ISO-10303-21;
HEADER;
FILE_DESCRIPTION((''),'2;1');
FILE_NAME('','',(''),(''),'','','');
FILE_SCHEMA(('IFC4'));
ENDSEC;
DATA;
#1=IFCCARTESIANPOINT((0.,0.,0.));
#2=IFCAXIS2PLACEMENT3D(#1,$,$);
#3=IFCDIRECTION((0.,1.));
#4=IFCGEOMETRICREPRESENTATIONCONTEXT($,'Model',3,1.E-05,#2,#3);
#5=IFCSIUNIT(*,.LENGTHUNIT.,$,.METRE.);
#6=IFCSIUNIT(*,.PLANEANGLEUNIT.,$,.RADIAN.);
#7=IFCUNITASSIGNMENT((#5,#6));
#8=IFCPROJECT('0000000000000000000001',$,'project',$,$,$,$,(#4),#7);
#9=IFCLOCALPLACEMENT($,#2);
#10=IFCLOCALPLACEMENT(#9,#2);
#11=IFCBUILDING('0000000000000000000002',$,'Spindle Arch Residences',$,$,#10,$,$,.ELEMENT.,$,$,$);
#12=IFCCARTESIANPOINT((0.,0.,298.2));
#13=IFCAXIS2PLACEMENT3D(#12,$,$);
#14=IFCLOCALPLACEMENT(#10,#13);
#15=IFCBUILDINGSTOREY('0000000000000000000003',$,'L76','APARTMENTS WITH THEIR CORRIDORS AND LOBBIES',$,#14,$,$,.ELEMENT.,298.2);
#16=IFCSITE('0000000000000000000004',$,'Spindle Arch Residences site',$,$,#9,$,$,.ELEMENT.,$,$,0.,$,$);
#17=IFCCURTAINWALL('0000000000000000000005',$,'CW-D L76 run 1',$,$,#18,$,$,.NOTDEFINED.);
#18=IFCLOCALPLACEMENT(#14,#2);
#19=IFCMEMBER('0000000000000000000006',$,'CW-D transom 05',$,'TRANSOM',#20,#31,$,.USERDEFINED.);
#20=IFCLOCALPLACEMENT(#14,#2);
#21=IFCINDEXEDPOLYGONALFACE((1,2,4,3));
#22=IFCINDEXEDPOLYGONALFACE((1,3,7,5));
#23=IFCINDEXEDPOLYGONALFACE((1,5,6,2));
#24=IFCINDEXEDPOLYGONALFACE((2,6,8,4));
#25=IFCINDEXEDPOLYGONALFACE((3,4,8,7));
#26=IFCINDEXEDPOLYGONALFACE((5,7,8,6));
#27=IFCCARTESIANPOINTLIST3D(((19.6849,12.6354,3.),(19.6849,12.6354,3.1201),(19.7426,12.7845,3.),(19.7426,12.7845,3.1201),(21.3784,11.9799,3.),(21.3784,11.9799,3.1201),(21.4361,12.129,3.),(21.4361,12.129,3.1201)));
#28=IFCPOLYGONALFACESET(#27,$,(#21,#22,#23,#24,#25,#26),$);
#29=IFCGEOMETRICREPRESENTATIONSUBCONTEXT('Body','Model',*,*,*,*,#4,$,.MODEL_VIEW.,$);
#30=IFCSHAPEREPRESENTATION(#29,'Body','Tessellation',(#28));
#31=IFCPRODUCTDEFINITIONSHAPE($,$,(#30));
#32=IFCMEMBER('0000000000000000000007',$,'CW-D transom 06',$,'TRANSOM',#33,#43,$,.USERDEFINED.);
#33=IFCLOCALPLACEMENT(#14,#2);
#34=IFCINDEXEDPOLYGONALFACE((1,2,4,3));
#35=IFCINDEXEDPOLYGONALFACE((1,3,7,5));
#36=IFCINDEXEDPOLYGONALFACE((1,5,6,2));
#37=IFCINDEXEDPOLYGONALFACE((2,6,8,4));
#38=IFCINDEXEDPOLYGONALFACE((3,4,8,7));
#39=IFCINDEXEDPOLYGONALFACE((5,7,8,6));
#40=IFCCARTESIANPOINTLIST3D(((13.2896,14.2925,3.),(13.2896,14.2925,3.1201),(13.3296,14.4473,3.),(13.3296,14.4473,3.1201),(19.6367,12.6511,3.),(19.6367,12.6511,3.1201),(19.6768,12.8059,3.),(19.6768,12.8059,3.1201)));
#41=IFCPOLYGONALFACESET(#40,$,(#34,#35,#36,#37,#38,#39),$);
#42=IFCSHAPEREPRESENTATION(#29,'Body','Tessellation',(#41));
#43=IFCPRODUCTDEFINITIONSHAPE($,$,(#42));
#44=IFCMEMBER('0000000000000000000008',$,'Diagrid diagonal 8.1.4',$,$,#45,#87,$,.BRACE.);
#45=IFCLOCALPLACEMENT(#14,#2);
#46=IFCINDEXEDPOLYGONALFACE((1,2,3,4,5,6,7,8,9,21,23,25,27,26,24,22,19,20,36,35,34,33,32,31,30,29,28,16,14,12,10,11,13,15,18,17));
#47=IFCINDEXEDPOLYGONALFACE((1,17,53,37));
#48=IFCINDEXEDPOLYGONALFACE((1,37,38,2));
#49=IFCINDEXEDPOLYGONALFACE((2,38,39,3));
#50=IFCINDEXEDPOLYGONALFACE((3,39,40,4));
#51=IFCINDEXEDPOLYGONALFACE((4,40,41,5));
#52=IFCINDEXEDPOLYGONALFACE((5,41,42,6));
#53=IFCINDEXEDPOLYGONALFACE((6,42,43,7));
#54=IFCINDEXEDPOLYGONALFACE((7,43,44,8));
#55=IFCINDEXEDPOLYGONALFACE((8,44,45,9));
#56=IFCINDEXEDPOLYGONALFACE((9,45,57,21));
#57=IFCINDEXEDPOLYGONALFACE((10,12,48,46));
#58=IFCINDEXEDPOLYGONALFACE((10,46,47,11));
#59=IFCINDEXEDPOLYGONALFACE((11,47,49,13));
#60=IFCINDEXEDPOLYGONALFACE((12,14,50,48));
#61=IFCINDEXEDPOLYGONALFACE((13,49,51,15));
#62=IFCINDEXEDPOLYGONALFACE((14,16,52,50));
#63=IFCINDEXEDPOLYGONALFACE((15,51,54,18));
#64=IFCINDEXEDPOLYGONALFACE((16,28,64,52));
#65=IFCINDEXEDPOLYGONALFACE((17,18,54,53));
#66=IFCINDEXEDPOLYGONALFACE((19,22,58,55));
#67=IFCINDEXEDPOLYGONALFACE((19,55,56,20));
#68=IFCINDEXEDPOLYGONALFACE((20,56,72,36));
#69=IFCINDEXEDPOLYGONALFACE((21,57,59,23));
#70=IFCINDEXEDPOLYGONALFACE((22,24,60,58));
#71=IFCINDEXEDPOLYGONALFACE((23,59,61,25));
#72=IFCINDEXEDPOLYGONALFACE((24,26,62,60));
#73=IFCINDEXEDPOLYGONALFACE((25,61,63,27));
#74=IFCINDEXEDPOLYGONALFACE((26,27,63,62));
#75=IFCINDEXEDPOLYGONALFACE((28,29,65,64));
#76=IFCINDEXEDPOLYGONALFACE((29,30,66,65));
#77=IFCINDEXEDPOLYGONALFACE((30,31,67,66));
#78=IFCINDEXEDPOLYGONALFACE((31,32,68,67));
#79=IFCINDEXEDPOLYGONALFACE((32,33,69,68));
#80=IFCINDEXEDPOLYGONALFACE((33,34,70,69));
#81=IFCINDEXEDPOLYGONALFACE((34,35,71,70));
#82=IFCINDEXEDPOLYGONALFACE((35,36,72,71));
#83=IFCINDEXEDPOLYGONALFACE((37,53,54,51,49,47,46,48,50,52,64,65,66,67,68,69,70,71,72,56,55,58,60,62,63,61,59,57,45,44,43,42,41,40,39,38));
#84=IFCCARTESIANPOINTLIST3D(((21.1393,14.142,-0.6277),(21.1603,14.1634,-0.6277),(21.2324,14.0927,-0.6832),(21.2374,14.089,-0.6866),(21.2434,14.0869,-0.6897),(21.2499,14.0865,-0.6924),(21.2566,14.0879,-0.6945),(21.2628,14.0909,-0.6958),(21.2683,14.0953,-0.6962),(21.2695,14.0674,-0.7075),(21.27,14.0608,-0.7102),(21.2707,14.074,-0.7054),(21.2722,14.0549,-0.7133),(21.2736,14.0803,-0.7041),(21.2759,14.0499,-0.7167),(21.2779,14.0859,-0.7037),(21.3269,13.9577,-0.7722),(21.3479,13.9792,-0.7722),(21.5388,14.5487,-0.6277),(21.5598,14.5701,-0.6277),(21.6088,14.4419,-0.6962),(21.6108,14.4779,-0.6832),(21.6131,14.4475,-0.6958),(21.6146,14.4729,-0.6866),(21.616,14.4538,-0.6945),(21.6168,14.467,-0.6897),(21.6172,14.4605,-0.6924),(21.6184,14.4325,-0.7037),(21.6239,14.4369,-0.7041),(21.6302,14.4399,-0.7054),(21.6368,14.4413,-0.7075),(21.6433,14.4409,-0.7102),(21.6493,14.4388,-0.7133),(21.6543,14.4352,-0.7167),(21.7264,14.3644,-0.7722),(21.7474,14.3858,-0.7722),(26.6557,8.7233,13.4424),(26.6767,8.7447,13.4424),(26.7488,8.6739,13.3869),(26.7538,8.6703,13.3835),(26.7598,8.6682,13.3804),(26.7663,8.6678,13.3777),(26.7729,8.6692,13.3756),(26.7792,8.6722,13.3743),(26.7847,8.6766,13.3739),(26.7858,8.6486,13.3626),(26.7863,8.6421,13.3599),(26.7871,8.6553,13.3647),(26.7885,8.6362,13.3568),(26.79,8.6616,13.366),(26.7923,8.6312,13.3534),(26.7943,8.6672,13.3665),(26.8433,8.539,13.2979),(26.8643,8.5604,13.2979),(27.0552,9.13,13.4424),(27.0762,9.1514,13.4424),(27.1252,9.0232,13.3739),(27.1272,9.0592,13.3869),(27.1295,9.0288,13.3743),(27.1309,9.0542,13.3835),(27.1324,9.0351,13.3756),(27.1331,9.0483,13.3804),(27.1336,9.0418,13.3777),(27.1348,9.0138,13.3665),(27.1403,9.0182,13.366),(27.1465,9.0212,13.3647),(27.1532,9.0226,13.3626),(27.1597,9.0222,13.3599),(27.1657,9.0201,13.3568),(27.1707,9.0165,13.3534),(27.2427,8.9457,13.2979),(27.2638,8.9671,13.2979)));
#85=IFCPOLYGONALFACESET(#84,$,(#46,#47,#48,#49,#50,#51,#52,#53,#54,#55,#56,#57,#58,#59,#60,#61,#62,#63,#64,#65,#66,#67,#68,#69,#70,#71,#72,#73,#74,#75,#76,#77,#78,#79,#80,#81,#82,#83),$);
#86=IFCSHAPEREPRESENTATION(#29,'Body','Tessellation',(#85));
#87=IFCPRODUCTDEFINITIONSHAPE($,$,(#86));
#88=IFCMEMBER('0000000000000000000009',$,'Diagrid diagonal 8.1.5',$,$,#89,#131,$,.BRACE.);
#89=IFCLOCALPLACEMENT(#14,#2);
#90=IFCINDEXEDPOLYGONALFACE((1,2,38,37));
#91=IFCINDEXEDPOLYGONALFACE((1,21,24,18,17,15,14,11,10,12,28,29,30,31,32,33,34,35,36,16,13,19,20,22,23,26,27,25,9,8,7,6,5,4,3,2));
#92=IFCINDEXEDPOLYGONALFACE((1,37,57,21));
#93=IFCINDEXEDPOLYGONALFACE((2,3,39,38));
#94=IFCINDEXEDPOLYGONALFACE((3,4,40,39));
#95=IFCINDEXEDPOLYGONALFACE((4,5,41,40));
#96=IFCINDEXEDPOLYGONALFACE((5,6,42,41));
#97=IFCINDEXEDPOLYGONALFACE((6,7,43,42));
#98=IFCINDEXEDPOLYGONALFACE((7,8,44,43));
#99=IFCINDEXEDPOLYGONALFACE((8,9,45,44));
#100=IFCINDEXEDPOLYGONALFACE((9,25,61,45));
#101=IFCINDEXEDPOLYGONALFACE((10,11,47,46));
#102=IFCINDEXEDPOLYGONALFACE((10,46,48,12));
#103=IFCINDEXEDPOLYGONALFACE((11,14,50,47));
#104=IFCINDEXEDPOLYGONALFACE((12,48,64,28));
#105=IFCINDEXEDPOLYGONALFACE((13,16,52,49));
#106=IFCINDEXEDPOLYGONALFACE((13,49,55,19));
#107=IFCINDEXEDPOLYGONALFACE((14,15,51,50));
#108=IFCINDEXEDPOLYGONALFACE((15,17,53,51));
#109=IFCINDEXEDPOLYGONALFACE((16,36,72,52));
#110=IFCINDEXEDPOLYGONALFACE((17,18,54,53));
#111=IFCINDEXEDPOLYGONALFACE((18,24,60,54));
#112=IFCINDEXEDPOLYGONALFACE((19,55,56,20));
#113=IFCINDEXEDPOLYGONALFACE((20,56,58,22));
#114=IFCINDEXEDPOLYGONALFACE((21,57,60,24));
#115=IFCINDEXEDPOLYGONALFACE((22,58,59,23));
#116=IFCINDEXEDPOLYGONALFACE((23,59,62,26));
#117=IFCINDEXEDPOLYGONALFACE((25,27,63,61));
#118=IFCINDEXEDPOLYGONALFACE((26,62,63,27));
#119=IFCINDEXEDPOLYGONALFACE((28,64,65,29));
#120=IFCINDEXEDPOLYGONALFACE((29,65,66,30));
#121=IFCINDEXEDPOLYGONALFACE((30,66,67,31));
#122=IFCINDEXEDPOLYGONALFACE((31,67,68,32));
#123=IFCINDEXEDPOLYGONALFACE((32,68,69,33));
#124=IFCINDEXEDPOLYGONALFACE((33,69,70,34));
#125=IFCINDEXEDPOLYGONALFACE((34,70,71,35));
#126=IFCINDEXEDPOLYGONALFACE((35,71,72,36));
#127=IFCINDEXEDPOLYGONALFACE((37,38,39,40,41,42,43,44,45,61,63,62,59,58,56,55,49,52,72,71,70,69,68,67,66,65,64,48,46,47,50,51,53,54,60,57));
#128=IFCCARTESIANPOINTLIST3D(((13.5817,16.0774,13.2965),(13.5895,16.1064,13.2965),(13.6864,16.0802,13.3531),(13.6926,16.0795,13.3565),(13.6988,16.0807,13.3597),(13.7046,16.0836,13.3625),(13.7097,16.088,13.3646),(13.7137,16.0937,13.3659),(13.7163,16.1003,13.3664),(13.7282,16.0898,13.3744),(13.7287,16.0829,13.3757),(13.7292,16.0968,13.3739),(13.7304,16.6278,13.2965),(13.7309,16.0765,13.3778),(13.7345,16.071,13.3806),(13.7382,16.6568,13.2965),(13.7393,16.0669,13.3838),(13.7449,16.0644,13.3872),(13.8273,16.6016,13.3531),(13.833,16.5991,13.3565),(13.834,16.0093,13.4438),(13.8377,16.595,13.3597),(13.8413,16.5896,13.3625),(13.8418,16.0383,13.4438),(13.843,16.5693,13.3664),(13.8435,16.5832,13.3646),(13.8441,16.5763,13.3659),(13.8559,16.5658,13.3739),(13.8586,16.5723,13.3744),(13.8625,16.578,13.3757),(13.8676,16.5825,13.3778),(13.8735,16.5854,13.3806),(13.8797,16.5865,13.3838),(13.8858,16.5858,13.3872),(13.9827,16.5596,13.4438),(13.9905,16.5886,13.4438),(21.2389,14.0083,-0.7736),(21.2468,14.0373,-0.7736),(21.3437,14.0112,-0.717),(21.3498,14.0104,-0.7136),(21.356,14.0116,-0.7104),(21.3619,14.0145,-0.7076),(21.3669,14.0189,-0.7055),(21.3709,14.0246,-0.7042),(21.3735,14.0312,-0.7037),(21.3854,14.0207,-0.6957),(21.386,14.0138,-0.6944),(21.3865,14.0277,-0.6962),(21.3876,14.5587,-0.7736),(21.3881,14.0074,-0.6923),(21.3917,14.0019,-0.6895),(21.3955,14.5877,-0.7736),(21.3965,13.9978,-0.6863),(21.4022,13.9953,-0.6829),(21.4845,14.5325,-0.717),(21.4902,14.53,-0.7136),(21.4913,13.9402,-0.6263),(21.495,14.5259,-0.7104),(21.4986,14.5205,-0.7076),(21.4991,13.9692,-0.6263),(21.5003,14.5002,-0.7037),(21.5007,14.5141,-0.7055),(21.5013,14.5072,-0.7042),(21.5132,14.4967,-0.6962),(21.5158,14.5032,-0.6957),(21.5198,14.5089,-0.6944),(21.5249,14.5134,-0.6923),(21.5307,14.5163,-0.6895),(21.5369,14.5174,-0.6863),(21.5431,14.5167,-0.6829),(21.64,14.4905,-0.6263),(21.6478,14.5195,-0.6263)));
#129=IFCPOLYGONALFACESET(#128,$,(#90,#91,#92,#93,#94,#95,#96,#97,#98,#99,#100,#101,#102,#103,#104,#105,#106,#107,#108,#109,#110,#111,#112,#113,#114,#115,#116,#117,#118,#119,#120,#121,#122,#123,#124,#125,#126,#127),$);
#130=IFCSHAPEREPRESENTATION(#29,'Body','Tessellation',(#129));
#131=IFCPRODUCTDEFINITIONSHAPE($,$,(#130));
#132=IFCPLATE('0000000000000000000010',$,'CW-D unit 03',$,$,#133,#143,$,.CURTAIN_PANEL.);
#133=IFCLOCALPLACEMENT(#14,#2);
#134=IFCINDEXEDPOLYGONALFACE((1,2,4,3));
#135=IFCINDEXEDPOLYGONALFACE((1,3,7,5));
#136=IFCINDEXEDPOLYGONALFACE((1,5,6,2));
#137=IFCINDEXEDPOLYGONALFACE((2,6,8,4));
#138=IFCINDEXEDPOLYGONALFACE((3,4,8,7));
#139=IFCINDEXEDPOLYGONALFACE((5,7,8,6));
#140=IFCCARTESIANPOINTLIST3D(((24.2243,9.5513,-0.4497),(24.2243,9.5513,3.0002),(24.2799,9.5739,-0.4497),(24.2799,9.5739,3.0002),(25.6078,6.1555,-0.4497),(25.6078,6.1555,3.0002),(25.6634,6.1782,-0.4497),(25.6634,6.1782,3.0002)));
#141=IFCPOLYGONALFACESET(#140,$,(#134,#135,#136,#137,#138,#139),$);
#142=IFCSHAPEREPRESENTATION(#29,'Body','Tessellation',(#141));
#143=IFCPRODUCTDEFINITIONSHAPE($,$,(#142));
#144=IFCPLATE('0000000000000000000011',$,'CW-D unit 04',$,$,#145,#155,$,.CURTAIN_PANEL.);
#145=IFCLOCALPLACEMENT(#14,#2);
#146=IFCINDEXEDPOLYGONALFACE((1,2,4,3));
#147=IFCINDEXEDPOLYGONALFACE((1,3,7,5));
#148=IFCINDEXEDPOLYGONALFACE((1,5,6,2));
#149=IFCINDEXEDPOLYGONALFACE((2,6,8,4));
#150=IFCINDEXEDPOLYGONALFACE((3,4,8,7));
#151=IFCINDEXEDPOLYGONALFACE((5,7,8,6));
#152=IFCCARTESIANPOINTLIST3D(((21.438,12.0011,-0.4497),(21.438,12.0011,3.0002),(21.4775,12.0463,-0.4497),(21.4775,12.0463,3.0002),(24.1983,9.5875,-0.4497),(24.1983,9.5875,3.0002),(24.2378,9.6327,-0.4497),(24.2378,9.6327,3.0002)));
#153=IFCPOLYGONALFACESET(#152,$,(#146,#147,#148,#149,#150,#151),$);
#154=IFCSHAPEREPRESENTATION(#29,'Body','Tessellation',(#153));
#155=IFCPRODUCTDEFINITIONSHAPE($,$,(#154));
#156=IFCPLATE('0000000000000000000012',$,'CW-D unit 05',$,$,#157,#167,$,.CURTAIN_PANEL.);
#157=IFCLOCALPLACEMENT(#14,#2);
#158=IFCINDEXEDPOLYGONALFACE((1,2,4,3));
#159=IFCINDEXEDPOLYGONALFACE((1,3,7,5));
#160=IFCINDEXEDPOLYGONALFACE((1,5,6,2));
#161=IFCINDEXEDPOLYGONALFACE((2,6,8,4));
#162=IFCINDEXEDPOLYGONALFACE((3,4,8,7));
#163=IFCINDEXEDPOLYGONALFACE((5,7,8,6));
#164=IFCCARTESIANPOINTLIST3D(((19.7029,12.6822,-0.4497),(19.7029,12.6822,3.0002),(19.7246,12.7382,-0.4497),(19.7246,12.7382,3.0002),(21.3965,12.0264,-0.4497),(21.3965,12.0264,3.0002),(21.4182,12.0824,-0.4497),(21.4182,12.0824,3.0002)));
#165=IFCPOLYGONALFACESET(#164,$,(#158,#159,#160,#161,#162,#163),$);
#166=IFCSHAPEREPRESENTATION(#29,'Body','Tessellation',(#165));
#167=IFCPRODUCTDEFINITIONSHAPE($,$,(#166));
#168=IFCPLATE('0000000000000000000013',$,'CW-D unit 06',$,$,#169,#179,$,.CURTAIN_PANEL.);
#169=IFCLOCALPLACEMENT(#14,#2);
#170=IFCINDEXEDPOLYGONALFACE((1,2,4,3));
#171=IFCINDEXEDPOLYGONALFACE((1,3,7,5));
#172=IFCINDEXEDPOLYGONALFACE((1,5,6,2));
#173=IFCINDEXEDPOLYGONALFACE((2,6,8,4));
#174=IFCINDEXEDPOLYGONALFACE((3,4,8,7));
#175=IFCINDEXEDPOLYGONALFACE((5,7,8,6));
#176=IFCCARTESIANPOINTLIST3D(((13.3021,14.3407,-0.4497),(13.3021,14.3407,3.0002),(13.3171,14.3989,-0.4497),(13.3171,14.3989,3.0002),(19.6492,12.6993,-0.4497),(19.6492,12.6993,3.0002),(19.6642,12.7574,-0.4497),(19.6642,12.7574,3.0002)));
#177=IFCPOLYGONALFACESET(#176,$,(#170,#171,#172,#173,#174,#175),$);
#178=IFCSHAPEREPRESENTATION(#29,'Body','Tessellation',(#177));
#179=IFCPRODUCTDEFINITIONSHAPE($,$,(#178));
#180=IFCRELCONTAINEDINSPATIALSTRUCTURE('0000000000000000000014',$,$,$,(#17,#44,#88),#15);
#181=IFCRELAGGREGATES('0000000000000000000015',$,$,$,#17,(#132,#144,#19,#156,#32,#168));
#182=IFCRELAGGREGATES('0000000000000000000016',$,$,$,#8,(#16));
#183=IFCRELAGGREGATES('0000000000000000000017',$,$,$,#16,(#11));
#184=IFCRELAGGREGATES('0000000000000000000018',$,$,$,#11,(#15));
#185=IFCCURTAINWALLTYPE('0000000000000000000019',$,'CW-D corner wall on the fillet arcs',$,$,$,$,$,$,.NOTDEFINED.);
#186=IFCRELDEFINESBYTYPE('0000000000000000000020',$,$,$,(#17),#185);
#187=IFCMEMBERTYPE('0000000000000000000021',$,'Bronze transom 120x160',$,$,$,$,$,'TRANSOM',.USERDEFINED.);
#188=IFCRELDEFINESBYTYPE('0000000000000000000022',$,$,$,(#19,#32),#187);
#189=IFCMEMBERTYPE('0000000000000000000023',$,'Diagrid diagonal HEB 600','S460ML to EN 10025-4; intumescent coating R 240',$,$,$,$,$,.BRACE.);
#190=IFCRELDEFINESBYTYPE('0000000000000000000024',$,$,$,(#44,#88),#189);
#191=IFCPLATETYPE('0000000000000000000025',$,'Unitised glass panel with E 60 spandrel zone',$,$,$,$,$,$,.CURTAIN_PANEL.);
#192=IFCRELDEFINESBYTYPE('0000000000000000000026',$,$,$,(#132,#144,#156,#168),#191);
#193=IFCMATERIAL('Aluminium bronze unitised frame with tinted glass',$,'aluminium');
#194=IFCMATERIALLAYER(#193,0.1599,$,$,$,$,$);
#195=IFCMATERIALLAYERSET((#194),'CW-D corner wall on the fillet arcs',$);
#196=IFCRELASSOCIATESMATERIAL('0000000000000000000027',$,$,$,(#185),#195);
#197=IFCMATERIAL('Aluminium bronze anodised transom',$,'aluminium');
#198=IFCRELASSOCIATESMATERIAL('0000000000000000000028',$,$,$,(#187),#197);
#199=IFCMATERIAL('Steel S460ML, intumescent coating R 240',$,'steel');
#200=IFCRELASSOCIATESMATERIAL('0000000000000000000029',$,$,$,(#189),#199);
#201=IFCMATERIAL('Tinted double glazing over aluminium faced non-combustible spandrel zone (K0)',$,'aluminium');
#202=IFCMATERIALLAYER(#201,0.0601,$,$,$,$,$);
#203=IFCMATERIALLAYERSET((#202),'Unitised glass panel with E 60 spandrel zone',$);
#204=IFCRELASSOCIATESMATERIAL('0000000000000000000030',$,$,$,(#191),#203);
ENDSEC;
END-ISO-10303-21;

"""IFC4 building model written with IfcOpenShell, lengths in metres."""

from ifc_helpers import new_model, si_unit, direction, frame, origin, origin_2d, place, context, subcontext, project, spatial, rectangle, i_section, extrude, material, layer, layer_set, material_profile, profile_set, type_object, element, aggregate, save


model = new_model("IFC4")

# Units and contexts
model_context = context("Model", 3, precision=1e-05, world=origin(), true_north=direction((0.0, 1.0)))
body_context = subcontext(model_context, "Body", "Model", "MODEL_VIEW")
ifc_project = project(units=[si_unit("LENGTHUNIT", "METRE"), si_unit("PLANEANGLEUNIT", "RADIAN")], contexts=[model_context])

# Site, building, storey
site_placement = place(None, origin())
site = spatial("IfcSite", under=ifc_project, at=site_placement, Name="Spindle Arch Residences site", CompositionType="ELEMENT", RefElevation=0.0)
building_placement = place(site_placement, origin())
building = spatial("IfcBuilding", under=site, at=building_placement, Name="Spindle Arch Residences", CompositionType="ELEMENT")
storey_placement = place(building_placement, frame((0.0, 0.0, 298.2)))
storey = spatial("IfcBuildingStorey", under=building, at=storey_placement, Name="L76", Description="APARTMENTS WITH THEIR CORRIDORS AND LOBBIES", CompositionType="ELEMENT", Elevation=298.2)

# Curtain wall, members
ifc_material_1 = material(Name="Aluminium bronze unitised frame with tinted glass", Category="aluminium")
ifc_layer_1 = layer(ifc_material_1, 0.1599)
ifc_layer_set_1 = layer_set([ifc_layer_1], Name="CW-D corner wall on the fillet arcs")
curtain_wall_type = type_object("IfcCurtainWallType", Name="CW-D corner wall on the fillet arcs", PredefinedType="NOTDEFINED", material=ifc_layer_set_1)
curtain_wall_placement = place(storey_placement, origin())
curtain_wall = element("IfcCurtainWall", 1, at=curtain_wall_placement, inside=storey, type_object=curtain_wall_type, Name="CW-D L76 run 1", PredefinedType="NOTDEFINED")
ifc_material_2 = material(Name="Aluminium bronze anodised transom", Category="aluminium")
ifc_material_profile_1 = material_profile(ifc_material_2, rectangle(XDim=0.1599, YDim=0.1201, at=origin_2d()), Name="TR 120x160")
ifc_profile_set_1 = profile_set([ifc_material_profile_1], Name="Aluminium bronze anodised transom")
member_type_1 = type_object("IfcMemberType", Name="Bronze transom 120x160", ElementType="TRANSOM", PredefinedType="USERDEFINED", material=ifc_profile_set_1)
member_1_placement = place(storey_placement, frame((21.4072, 12.0544, 3.0601), z_axis=(-0.932581, 0.36096, 0.0), x_axis=(-0.36096, -0.932581, 0.0)))
member_1 = element("IfcMember", 2, at=member_1_placement, type_object=member_type_1, Name="CW-D transom 05", ObjectType="TRANSOM", PredefinedType="USERDEFINED", context=body_context, shape_type="SweptSolid", body=[
    extrude(rectangle(XDim=0.1599, YDim=0.1201, at=origin_2d()), origin(), (0.0, 0.0, 1.0), 1.8159),
])
member_2_placement = place(storey_placement, frame((19.6567, 12.7285, 3.0601), z_axis=(-0.968153, 0.250361, 0.0), x_axis=(-0.250361, -0.968153, 0.0)))
member_2 = element("IfcMember", 3, at=member_2_placement, type_object=member_type_1, Name="CW-D transom 06", ObjectType="TRANSOM", PredefinedType="USERDEFINED", context=body_context, shape_type="SweptSolid", body=[
    extrude(rectangle(XDim=0.1599, YDim=0.1201, at=origin_2d()), origin(), (0.0, 0.0, 1.0), 6.5559),
])

# Members
ifc_material_3 = material(Name="Steel S460ML, intumescent coating R 240", Category="steel")
ifc_material_profile_2 = material_profile(ifc_material_3, i_section(OverallWidth=0.3, OverallDepth=0.6001, WebThickness=0.0154, FlangeThickness=0.03, FilletRadius=0.0271, at=origin_2d()), Name="HEB 600")
ifc_profile_set_2 = profile_set([ifc_material_profile_2], Name="Steel S460ML, intumescent coating R 240")
member_type_2 = type_object("IfcMemberType", Name="Diagrid diagonal HEB 600", Description="S460ML to EN 10025-4; intumescent coating R 240", PredefinedType="BRACE", material=ifc_profile_set_2)
member_3_placement = place(storey_placement, frame((21.4434, 14.2639, -0.7), z_axis=(0.343594, -0.337511, 0.876373), x_axis=(-0.625199, 0.614131, 0.481633)))
element("IfcMember", 4, at=member_3_placement, inside=storey, type_object=member_type_2, Name="Diagrid diagonal 8.1.4", PredefinedType="BRACE", context=body_context, shape_type="SweptSolid", body=[
    extrude(i_section(OverallWidth=0.3, OverallDepth=0.6001, WebThickness=0.0154, FlangeThickness=0.03, FilletRadius=0.0271, at=origin_2d()), origin(), (0.0, 0.0, 1.0), 16.0549),
])
member_4_placement = place(storey_placement, frame((21.4434, 14.2639, -0.7), z_axis=(-0.474078, 0.128103, 0.871114), x_axis=(0.840953, -0.227238, 0.491081)))
element("IfcMember", 5, at=member_4_placement, inside=storey, type_object=member_type_2, Name="Diagrid diagonal 8.1.5", PredefinedType="BRACE", context=body_context, shape_type="SweptSolid", body=[
    extrude(i_section(OverallWidth=0.3, OverallDepth=0.6001, WebThickness=0.0154, FlangeThickness=0.03, FilletRadius=0.0271, at=origin_2d()), origin(), (0.0, 0.0, 1.0), 16.1519),
])

# Plates
ifc_material_4 = material(Name="Tinted double glazing over aluminium faced non-combustible spandrel zone (K0)", Category="aluminium")
ifc_layer_2 = layer(ifc_material_4, 0.0601)
ifc_layer_set_2 = layer_set([ifc_layer_2], Name="Unitised glass panel with E 60 spandrel zone")
plate_type = type_object("IfcPlateType", Name="Unitised glass panel with E 60 spandrel zone", PredefinedType="CURTAIN_PANEL", material=ifc_layer_set_2)
plate_1_placement = place(storey_placement, frame((24.9438, 7.8647, -0.4497), z_axis=(0.0, 0.0, 1.0), x_axis=(-0.377302, 0.92609, 0.0)))
plate_1 = element("IfcPlate", 6, at=plate_1_placement, type_object=plate_type, Name="CW-D unit 03", PredefinedType="CURTAIN_PANEL", context=body_context, shape_type="SweptSolid", body=[
    extrude(rectangle(XDim=3.6667, YDim=0.0601, at=origin_2d()), origin(), (0.0, 0.0, 1.0), 3.45),
])
plate_2_placement = place(storey_placement, frame((22.8379, 10.8169, -0.4497), z_axis=(0.0, 0.0, 1.0), x_axis=(-0.752798, 0.658252, 0.0)))
plate_2 = element("IfcPlate", 7, at=plate_2_placement, type_object=plate_type, Name="CW-D unit 04", PredefinedType="CURTAIN_PANEL", context=body_context, shape_type="SweptSolid", body=[
    extrude(rectangle(XDim=3.6667, YDim=0.0601, at=origin_2d()), origin(), (0.0, 0.0, 1.0), 3.45),
])
plate_3_placement = place(storey_placement, frame((20.5605, 12.3823, -0.4497), z_axis=(0.0, 0.0, 1.0), x_axis=(-0.932534, 0.361082, 0.0)))
plate_3 = element("IfcPlate", 8, at=plate_3_placement, type_object=plate_type, Name="CW-D unit 05", PredefinedType="CURTAIN_PANEL", context=body_context, shape_type="SweptSolid", body=[
    extrude(rectangle(XDim=1.8162, YDim=0.0601, at=origin_2d()), origin(), (0.0, 0.0, 1.0), 3.45),
])
plate_4_placement = place(storey_placement, frame((16.4832, 13.5491, -0.4497), z_axis=(0.0, 0.0, 1.0), x_axis=(-0.968148, 0.25038, 0.0)))
plate_4 = element("IfcPlate", 9, at=plate_4_placement, type_object=plate_type, Name="CW-D unit 06", PredefinedType="CURTAIN_PANEL", context=body_context, shape_type="SweptSolid", body=[
    extrude(rectangle(XDim=6.5559, YDim=0.0601, at=origin_2d()), origin(), (0.0, 0.0, 1.0), 3.45),
])
aggregate(curtain_wall, [plate_1, plate_2, member_1, plate_3, member_2, plate_4])

save(model, "model.ifc")
